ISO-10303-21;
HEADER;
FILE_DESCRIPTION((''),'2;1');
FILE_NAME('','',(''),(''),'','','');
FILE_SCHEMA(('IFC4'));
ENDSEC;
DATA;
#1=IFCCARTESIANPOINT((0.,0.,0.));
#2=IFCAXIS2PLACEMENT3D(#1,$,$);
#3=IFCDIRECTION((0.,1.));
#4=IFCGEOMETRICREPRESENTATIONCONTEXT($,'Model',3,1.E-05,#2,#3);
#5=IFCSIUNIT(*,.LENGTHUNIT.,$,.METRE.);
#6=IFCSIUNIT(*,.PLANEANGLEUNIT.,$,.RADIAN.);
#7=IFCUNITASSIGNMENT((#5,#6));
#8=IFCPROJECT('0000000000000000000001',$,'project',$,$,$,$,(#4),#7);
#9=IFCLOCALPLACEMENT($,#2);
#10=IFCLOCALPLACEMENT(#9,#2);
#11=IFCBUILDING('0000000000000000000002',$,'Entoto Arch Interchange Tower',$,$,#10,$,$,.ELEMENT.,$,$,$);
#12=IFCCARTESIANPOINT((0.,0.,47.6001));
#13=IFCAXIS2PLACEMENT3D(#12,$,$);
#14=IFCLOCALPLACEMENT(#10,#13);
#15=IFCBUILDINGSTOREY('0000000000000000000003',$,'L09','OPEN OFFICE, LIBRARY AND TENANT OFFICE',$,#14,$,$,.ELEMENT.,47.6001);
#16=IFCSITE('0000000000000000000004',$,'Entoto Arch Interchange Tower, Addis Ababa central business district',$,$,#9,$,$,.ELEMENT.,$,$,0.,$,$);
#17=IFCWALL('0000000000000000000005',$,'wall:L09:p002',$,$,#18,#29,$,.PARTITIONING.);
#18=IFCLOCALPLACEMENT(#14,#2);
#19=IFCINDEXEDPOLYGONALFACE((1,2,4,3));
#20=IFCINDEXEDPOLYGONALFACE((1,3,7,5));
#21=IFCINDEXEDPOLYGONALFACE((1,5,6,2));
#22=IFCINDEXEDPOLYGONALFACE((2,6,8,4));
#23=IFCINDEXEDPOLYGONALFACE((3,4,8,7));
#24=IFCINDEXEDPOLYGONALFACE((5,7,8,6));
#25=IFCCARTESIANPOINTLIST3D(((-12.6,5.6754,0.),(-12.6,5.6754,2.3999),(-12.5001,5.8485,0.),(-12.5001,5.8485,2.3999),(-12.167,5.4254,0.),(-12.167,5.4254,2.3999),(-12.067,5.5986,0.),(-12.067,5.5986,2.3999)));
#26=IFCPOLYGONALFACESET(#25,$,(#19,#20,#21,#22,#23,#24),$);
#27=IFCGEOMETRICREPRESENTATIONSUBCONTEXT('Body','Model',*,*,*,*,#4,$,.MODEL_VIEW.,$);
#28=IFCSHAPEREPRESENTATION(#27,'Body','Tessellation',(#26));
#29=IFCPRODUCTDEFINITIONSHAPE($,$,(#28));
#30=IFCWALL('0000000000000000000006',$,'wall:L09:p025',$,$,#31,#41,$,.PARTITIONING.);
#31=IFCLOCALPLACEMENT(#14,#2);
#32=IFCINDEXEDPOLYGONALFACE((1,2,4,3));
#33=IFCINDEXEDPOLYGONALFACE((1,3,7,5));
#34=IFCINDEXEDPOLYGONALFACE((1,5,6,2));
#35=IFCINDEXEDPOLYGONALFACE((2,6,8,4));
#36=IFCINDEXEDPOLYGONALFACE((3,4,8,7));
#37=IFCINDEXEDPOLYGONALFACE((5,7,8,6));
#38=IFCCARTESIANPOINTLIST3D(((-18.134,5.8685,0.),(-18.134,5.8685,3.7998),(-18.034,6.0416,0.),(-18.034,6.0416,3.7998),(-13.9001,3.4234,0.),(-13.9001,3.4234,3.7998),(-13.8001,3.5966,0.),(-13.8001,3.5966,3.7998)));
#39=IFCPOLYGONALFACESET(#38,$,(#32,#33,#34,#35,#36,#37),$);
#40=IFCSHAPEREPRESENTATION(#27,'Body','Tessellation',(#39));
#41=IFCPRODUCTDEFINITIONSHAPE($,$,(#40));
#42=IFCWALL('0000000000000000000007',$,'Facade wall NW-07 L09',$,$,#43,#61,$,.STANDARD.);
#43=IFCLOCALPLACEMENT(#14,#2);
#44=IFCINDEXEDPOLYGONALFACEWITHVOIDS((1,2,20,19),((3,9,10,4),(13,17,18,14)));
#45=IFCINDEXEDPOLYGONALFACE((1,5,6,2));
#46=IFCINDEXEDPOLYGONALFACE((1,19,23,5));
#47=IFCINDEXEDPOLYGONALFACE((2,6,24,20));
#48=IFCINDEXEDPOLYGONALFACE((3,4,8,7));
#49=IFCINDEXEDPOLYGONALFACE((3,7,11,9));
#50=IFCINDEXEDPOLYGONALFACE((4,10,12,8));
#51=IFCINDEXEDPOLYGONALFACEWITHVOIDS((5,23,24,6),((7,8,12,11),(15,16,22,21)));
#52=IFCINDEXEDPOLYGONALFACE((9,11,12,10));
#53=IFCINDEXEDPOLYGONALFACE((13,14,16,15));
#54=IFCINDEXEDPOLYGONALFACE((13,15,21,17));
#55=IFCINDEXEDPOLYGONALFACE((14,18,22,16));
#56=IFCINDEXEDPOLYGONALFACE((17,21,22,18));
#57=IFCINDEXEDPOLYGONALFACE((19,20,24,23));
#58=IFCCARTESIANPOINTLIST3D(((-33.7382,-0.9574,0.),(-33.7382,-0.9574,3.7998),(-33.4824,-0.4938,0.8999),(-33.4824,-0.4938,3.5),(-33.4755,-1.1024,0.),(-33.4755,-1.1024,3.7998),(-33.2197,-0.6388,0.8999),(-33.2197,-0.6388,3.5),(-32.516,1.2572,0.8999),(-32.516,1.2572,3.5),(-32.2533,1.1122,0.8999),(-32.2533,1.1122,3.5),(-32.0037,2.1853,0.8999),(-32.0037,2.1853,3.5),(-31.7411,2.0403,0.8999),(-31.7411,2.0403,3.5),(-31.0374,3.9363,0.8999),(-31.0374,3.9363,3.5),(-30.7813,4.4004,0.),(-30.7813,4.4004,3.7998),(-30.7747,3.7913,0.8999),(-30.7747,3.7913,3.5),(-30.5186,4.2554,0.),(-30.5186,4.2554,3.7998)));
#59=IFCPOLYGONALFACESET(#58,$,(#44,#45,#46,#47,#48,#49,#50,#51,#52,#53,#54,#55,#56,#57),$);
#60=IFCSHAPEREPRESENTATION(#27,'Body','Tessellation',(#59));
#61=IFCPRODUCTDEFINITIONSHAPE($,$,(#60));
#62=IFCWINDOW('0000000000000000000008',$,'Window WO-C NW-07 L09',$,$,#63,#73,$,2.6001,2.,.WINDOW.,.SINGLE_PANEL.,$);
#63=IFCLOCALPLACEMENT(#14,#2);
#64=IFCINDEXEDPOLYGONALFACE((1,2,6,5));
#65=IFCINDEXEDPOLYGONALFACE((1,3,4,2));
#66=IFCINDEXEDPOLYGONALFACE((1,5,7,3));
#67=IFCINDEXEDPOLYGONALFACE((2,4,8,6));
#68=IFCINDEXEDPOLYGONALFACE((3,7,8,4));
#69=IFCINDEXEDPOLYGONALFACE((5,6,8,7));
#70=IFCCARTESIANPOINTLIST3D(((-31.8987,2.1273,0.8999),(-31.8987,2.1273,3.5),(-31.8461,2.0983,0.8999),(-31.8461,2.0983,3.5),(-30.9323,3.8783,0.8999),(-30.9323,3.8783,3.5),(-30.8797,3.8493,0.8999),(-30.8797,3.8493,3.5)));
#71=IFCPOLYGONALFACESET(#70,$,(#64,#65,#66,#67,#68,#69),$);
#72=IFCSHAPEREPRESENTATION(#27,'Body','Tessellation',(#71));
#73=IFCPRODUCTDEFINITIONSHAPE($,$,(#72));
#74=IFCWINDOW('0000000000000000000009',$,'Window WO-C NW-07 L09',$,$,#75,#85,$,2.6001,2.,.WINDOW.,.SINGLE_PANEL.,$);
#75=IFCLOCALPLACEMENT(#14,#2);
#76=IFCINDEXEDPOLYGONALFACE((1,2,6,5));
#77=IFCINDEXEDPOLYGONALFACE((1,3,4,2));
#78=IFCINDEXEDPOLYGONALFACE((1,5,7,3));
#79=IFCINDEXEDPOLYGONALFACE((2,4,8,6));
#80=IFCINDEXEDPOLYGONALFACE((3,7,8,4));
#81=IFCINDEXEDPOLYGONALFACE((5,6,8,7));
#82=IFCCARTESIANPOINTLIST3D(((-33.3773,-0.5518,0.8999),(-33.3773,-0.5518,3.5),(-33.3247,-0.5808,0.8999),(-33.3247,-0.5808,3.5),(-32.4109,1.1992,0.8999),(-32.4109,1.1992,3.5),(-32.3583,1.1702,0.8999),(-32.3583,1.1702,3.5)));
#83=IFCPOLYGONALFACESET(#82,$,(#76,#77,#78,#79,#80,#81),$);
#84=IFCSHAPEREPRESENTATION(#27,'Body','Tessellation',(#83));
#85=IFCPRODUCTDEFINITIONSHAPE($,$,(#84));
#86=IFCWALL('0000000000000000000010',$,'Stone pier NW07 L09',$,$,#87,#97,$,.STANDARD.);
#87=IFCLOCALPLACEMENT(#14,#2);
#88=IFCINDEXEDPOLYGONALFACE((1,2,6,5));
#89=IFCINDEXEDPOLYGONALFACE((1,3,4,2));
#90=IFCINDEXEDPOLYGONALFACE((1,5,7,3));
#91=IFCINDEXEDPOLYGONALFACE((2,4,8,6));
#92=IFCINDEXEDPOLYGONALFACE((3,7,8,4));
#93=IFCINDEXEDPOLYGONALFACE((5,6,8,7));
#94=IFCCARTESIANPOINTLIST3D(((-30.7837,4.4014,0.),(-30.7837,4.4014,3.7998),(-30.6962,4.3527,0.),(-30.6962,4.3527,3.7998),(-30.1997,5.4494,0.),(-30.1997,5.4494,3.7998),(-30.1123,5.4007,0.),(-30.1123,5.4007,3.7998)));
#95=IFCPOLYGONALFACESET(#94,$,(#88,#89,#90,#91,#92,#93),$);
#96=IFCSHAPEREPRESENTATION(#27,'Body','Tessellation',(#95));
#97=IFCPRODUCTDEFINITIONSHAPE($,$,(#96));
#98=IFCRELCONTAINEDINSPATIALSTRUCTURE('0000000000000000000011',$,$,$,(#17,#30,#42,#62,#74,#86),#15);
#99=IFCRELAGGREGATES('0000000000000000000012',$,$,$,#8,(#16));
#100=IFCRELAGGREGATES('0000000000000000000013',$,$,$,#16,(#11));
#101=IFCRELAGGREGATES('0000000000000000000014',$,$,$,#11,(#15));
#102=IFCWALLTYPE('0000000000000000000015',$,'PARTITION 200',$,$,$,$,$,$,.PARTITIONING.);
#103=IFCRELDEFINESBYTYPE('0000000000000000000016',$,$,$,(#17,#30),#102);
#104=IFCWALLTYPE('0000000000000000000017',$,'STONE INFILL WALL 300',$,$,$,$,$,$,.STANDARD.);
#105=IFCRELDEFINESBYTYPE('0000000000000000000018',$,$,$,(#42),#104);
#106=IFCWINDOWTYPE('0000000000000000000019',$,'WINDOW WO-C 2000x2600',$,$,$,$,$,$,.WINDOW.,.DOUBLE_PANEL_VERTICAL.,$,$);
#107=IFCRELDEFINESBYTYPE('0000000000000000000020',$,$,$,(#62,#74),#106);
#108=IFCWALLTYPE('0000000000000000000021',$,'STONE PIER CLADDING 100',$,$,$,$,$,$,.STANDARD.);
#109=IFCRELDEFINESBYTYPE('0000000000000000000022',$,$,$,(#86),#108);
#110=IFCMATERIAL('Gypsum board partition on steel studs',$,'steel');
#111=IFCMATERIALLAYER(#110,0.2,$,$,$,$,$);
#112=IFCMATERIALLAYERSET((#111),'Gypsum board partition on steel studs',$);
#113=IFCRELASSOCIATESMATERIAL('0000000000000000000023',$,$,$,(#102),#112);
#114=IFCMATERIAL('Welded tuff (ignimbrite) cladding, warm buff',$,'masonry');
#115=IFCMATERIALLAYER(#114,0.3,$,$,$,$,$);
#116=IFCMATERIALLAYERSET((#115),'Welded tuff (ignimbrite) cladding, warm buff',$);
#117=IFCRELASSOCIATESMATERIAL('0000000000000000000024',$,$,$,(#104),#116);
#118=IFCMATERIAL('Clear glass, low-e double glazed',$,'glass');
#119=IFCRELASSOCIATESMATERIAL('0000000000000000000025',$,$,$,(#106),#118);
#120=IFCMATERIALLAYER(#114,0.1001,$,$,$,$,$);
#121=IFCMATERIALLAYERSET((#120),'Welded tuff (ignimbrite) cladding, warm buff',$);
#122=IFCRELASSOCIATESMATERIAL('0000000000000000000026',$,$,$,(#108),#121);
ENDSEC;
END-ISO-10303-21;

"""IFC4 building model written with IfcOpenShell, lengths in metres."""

from ifc_helpers import new_model, si_unit, direction, frame, frame_2d, origin, place, context, subcontext, project, spatial, rectangle, extrude, material, layer, layer_set, type_object, element, fill, save


model = new_model("IFC4")

# Units and contexts
model_context = context("Model", 3, precision=1e-05, world=origin(), true_north=direction((0.0, 1.0)))
body_context = subcontext(model_context, "Body", "Model", "MODEL_VIEW")
ifc_project = project(units=[si_unit("LENGTHUNIT", "METRE"), si_unit("PLANEANGLEUNIT", "RADIAN")], contexts=[model_context])

# Site, building, storey
site_placement = place(None, origin())
site = spatial("IfcSite", under=ifc_project, at=site_placement, Name="Entoto Arch Interchange Tower, Addis Ababa central business district", CompositionType="ELEMENT", RefElevation=0.0)
building_placement = place(site_placement, origin())
building = spatial("IfcBuilding", under=site, at=building_placement, Name="Entoto Arch Interchange Tower", CompositionType="ELEMENT")
storey_placement = place(building_placement, frame((0.0, 0.0, 47.6001)))
storey = spatial("IfcBuildingStorey", under=building, at=storey_placement, Name="L09", Description="OPEN OFFICE, LIBRARY AND TENANT OFFICE", CompositionType="ELEMENT", Elevation=47.6001)

# Shared definitions
ifc_material_1 = material(Name="Gypsum board partition on steel studs", Category="steel")
ifc_layer_1 = layer(ifc_material_1, 0.2)
ifc_layer_set_1 = layer_set([ifc_layer_1], Name="Gypsum board partition on steel studs")
wall_type_1 = type_object("IfcWallType", Name="PARTITION 200", PredefinedType="PARTITIONING", material=ifc_layer_set_1)

# Walls
wall_1_placement = place(storey_placement, frame((-12.55, 5.762, 0.0), z_axis=(0.0, 0.0, 1.0), x_axis=(0.866072, -0.49992, 0.0)))
element("IfcWall", 1, at=wall_1_placement, inside=storey, type_object=wall_type_1, Name="wall:L09:p002", PredefinedType="PARTITIONING", context=body_context, shape_type="SweptSolid", body=[
    extrude(rectangle(XDim=0.5, YDim=0.2, at=frame_2d((0.25, 0.0))), origin(), (0.0, 0.0, 1.0), 2.3999),
])
wall_2_placement = place(storey_placement, frame((-13.8501, 3.51, 0.0), z_axis=(0.0, 0.0, 1.0), x_axis=(-0.865969, 0.500097, 0.0)))
element("IfcWall", 2, at=wall_2_placement, inside=storey, type_object=wall_type_1, Name="wall:L09:p025", PredefinedType="PARTITIONING", context=body_context, shape_type="SweptSolid", body=[
    extrude(rectangle(XDim=4.8892, YDim=0.2, at=frame_2d((2.4446, 0.0))), origin(), (0.0, 0.0, 1.0), 3.7998),
])

# Wall, openings, windows
ifc_material_2 = material(Name="Welded tuff (ignimbrite) cladding, warm buff", Category="masonry")
ifc_layer_2 = layer(ifc_material_2, 0.3)
ifc_layer_set_2 = layer_set([ifc_layer_2], Name="Welded tuff (ignimbrite) cladding, warm buff")
wall_type_2 = type_object("IfcWallType", Name="STONE INFILL WALL 300", PredefinedType="STANDARD", material=ifc_layer_set_2)
wall_3_placement = place(storey_placement, frame((-30.6499, 4.3279, 0.0), z_axis=(0.0, 0.0, 1.0), x_axis=(-0.483195, -0.875513, 0.0)))
wall_3 = element("IfcWall", 3, at=wall_3_placement, inside=storey, type_object=wall_type_2, Name="Facade wall NW-07 L09", PredefinedType="STANDARD", context=body_context, shape_type="SweptSolid", body=[
    extrude(rectangle(XDim=6.1196, YDim=0.3, at=frame_2d((3.0598, 0.0))), origin(), (0.0, 0.0, 1.0), 3.7998),
])
opening_1_placement = place(wall_3_placement, frame((0.53, 0.0, 0.8999)))
opening_1 = element("IfcOpeningElement", 4, at=opening_1_placement, cuts=wall_3, PredefinedType="OPENING", context=body_context, shape_type="SweptSolid", body=[
    extrude(rectangle(XDim=2.0, YDim=2.6001, at=frame_2d((1.0, 1.3))), frame((0.0, 0.1602, 0.0), z_axis=(0.0, -1.0, 0.0), x_axis=(1.0, 0.0, 0.0)), (0.0, 0.0, 1.0), 0.3201),
])
opening_2_placement = place(wall_3_placement, frame((3.5901, 0.0, 0.8999)))
opening_2 = element("IfcOpeningElement", 5, at=opening_2_placement, cuts=wall_3, PredefinedType="OPENING", context=body_context, shape_type="SweptSolid", body=[
    extrude(rectangle(XDim=2.0, YDim=2.6001, at=frame_2d((1.0, 1.3))), frame((0.0, 0.1602, 0.0), z_axis=(0.0, -1.0, 0.0), x_axis=(1.0, 0.0, 0.0)), (0.0, 0.0, 1.0), 0.3201),
])
ifc_material_3 = material(Name="Clear glass, low-e double glazed", Category="glass")
window_type = type_object("IfcWindowType", Name="WINDOW WO-C 2000x2600", PartitioningType="DOUBLE_PANEL_VERTICAL", PredefinedType="WINDOW", material=ifc_material_3)
window_1_placement = place(opening_1_placement, origin())
window_1 = element("IfcWindow", 6, at=window_1_placement, inside=storey, type_object=window_type, Name="Window WO-C NW-07 L09", OverallHeight=2.6001, OverallWidth=2.0, PartitioningType="SINGLE_PANEL", PredefinedType="WINDOW", context=body_context, shape_type="SweptSolid", body=[
    extrude(rectangle(XDim=2.0, YDim=2.6001, at=frame_2d((1.0, 1.3))), frame((0.0, 0.03, 0.0), z_axis=(0.0, -1.0, 0.0), x_axis=(1.0, 0.0, 0.0)), (0.0, 0.0, 1.0), 0.0601),
])
fill(opening_1, window_1)
window_2_placement = place(opening_2_placement, origin())
window_2 = element("IfcWindow", 7, at=window_2_placement, inside=storey, type_object=window_type, Name="Window WO-C NW-07 L09", OverallHeight=2.6001, OverallWidth=2.0, PartitioningType="SINGLE_PANEL", PredefinedType="WINDOW", context=body_context, shape_type="SweptSolid", body=[
    extrude(rectangle(XDim=2.0, YDim=2.6001, at=frame_2d((1.0, 1.3))), frame((0.0, 0.03, 0.0), z_axis=(0.0, -1.0, 0.0), x_axis=(1.0, 0.0, 0.0)), (0.0, 0.0, 1.0), 0.0601),
])
fill(opening_2, window_2)

# Wall
ifc_layer_3 = layer(ifc_material_2, 0.1001)
ifc_layer_set_3 = layer_set([ifc_layer_3], Name="Welded tuff (ignimbrite) cladding, warm buff")
wall_type_3 = type_object("IfcWallType", Name="STONE PIER CLADDING 100", PredefinedType="STANDARD", material=ifc_layer_set_3)
wall_4_placement = place(storey_placement, frame((-30.156, 5.425, 0.0), z_axis=(0.0, 0.0, 1.0), x_axis=(-0.486731, -0.873552, 0.0)))
element("IfcWall", 8, at=wall_4_placement, inside=storey, type_object=wall_type_3, Name="Stone pier NW07 L09", PredefinedType="STANDARD", context=body_context, shape_type="SweptSolid", body=[
    extrude(rectangle(XDim=1.1997, YDim=0.1001, at=frame_2d((0.5999, 0.0))), origin(), (0.0, 0.0, 1.0), 3.7998),
])

save(model, "model.ifc")
